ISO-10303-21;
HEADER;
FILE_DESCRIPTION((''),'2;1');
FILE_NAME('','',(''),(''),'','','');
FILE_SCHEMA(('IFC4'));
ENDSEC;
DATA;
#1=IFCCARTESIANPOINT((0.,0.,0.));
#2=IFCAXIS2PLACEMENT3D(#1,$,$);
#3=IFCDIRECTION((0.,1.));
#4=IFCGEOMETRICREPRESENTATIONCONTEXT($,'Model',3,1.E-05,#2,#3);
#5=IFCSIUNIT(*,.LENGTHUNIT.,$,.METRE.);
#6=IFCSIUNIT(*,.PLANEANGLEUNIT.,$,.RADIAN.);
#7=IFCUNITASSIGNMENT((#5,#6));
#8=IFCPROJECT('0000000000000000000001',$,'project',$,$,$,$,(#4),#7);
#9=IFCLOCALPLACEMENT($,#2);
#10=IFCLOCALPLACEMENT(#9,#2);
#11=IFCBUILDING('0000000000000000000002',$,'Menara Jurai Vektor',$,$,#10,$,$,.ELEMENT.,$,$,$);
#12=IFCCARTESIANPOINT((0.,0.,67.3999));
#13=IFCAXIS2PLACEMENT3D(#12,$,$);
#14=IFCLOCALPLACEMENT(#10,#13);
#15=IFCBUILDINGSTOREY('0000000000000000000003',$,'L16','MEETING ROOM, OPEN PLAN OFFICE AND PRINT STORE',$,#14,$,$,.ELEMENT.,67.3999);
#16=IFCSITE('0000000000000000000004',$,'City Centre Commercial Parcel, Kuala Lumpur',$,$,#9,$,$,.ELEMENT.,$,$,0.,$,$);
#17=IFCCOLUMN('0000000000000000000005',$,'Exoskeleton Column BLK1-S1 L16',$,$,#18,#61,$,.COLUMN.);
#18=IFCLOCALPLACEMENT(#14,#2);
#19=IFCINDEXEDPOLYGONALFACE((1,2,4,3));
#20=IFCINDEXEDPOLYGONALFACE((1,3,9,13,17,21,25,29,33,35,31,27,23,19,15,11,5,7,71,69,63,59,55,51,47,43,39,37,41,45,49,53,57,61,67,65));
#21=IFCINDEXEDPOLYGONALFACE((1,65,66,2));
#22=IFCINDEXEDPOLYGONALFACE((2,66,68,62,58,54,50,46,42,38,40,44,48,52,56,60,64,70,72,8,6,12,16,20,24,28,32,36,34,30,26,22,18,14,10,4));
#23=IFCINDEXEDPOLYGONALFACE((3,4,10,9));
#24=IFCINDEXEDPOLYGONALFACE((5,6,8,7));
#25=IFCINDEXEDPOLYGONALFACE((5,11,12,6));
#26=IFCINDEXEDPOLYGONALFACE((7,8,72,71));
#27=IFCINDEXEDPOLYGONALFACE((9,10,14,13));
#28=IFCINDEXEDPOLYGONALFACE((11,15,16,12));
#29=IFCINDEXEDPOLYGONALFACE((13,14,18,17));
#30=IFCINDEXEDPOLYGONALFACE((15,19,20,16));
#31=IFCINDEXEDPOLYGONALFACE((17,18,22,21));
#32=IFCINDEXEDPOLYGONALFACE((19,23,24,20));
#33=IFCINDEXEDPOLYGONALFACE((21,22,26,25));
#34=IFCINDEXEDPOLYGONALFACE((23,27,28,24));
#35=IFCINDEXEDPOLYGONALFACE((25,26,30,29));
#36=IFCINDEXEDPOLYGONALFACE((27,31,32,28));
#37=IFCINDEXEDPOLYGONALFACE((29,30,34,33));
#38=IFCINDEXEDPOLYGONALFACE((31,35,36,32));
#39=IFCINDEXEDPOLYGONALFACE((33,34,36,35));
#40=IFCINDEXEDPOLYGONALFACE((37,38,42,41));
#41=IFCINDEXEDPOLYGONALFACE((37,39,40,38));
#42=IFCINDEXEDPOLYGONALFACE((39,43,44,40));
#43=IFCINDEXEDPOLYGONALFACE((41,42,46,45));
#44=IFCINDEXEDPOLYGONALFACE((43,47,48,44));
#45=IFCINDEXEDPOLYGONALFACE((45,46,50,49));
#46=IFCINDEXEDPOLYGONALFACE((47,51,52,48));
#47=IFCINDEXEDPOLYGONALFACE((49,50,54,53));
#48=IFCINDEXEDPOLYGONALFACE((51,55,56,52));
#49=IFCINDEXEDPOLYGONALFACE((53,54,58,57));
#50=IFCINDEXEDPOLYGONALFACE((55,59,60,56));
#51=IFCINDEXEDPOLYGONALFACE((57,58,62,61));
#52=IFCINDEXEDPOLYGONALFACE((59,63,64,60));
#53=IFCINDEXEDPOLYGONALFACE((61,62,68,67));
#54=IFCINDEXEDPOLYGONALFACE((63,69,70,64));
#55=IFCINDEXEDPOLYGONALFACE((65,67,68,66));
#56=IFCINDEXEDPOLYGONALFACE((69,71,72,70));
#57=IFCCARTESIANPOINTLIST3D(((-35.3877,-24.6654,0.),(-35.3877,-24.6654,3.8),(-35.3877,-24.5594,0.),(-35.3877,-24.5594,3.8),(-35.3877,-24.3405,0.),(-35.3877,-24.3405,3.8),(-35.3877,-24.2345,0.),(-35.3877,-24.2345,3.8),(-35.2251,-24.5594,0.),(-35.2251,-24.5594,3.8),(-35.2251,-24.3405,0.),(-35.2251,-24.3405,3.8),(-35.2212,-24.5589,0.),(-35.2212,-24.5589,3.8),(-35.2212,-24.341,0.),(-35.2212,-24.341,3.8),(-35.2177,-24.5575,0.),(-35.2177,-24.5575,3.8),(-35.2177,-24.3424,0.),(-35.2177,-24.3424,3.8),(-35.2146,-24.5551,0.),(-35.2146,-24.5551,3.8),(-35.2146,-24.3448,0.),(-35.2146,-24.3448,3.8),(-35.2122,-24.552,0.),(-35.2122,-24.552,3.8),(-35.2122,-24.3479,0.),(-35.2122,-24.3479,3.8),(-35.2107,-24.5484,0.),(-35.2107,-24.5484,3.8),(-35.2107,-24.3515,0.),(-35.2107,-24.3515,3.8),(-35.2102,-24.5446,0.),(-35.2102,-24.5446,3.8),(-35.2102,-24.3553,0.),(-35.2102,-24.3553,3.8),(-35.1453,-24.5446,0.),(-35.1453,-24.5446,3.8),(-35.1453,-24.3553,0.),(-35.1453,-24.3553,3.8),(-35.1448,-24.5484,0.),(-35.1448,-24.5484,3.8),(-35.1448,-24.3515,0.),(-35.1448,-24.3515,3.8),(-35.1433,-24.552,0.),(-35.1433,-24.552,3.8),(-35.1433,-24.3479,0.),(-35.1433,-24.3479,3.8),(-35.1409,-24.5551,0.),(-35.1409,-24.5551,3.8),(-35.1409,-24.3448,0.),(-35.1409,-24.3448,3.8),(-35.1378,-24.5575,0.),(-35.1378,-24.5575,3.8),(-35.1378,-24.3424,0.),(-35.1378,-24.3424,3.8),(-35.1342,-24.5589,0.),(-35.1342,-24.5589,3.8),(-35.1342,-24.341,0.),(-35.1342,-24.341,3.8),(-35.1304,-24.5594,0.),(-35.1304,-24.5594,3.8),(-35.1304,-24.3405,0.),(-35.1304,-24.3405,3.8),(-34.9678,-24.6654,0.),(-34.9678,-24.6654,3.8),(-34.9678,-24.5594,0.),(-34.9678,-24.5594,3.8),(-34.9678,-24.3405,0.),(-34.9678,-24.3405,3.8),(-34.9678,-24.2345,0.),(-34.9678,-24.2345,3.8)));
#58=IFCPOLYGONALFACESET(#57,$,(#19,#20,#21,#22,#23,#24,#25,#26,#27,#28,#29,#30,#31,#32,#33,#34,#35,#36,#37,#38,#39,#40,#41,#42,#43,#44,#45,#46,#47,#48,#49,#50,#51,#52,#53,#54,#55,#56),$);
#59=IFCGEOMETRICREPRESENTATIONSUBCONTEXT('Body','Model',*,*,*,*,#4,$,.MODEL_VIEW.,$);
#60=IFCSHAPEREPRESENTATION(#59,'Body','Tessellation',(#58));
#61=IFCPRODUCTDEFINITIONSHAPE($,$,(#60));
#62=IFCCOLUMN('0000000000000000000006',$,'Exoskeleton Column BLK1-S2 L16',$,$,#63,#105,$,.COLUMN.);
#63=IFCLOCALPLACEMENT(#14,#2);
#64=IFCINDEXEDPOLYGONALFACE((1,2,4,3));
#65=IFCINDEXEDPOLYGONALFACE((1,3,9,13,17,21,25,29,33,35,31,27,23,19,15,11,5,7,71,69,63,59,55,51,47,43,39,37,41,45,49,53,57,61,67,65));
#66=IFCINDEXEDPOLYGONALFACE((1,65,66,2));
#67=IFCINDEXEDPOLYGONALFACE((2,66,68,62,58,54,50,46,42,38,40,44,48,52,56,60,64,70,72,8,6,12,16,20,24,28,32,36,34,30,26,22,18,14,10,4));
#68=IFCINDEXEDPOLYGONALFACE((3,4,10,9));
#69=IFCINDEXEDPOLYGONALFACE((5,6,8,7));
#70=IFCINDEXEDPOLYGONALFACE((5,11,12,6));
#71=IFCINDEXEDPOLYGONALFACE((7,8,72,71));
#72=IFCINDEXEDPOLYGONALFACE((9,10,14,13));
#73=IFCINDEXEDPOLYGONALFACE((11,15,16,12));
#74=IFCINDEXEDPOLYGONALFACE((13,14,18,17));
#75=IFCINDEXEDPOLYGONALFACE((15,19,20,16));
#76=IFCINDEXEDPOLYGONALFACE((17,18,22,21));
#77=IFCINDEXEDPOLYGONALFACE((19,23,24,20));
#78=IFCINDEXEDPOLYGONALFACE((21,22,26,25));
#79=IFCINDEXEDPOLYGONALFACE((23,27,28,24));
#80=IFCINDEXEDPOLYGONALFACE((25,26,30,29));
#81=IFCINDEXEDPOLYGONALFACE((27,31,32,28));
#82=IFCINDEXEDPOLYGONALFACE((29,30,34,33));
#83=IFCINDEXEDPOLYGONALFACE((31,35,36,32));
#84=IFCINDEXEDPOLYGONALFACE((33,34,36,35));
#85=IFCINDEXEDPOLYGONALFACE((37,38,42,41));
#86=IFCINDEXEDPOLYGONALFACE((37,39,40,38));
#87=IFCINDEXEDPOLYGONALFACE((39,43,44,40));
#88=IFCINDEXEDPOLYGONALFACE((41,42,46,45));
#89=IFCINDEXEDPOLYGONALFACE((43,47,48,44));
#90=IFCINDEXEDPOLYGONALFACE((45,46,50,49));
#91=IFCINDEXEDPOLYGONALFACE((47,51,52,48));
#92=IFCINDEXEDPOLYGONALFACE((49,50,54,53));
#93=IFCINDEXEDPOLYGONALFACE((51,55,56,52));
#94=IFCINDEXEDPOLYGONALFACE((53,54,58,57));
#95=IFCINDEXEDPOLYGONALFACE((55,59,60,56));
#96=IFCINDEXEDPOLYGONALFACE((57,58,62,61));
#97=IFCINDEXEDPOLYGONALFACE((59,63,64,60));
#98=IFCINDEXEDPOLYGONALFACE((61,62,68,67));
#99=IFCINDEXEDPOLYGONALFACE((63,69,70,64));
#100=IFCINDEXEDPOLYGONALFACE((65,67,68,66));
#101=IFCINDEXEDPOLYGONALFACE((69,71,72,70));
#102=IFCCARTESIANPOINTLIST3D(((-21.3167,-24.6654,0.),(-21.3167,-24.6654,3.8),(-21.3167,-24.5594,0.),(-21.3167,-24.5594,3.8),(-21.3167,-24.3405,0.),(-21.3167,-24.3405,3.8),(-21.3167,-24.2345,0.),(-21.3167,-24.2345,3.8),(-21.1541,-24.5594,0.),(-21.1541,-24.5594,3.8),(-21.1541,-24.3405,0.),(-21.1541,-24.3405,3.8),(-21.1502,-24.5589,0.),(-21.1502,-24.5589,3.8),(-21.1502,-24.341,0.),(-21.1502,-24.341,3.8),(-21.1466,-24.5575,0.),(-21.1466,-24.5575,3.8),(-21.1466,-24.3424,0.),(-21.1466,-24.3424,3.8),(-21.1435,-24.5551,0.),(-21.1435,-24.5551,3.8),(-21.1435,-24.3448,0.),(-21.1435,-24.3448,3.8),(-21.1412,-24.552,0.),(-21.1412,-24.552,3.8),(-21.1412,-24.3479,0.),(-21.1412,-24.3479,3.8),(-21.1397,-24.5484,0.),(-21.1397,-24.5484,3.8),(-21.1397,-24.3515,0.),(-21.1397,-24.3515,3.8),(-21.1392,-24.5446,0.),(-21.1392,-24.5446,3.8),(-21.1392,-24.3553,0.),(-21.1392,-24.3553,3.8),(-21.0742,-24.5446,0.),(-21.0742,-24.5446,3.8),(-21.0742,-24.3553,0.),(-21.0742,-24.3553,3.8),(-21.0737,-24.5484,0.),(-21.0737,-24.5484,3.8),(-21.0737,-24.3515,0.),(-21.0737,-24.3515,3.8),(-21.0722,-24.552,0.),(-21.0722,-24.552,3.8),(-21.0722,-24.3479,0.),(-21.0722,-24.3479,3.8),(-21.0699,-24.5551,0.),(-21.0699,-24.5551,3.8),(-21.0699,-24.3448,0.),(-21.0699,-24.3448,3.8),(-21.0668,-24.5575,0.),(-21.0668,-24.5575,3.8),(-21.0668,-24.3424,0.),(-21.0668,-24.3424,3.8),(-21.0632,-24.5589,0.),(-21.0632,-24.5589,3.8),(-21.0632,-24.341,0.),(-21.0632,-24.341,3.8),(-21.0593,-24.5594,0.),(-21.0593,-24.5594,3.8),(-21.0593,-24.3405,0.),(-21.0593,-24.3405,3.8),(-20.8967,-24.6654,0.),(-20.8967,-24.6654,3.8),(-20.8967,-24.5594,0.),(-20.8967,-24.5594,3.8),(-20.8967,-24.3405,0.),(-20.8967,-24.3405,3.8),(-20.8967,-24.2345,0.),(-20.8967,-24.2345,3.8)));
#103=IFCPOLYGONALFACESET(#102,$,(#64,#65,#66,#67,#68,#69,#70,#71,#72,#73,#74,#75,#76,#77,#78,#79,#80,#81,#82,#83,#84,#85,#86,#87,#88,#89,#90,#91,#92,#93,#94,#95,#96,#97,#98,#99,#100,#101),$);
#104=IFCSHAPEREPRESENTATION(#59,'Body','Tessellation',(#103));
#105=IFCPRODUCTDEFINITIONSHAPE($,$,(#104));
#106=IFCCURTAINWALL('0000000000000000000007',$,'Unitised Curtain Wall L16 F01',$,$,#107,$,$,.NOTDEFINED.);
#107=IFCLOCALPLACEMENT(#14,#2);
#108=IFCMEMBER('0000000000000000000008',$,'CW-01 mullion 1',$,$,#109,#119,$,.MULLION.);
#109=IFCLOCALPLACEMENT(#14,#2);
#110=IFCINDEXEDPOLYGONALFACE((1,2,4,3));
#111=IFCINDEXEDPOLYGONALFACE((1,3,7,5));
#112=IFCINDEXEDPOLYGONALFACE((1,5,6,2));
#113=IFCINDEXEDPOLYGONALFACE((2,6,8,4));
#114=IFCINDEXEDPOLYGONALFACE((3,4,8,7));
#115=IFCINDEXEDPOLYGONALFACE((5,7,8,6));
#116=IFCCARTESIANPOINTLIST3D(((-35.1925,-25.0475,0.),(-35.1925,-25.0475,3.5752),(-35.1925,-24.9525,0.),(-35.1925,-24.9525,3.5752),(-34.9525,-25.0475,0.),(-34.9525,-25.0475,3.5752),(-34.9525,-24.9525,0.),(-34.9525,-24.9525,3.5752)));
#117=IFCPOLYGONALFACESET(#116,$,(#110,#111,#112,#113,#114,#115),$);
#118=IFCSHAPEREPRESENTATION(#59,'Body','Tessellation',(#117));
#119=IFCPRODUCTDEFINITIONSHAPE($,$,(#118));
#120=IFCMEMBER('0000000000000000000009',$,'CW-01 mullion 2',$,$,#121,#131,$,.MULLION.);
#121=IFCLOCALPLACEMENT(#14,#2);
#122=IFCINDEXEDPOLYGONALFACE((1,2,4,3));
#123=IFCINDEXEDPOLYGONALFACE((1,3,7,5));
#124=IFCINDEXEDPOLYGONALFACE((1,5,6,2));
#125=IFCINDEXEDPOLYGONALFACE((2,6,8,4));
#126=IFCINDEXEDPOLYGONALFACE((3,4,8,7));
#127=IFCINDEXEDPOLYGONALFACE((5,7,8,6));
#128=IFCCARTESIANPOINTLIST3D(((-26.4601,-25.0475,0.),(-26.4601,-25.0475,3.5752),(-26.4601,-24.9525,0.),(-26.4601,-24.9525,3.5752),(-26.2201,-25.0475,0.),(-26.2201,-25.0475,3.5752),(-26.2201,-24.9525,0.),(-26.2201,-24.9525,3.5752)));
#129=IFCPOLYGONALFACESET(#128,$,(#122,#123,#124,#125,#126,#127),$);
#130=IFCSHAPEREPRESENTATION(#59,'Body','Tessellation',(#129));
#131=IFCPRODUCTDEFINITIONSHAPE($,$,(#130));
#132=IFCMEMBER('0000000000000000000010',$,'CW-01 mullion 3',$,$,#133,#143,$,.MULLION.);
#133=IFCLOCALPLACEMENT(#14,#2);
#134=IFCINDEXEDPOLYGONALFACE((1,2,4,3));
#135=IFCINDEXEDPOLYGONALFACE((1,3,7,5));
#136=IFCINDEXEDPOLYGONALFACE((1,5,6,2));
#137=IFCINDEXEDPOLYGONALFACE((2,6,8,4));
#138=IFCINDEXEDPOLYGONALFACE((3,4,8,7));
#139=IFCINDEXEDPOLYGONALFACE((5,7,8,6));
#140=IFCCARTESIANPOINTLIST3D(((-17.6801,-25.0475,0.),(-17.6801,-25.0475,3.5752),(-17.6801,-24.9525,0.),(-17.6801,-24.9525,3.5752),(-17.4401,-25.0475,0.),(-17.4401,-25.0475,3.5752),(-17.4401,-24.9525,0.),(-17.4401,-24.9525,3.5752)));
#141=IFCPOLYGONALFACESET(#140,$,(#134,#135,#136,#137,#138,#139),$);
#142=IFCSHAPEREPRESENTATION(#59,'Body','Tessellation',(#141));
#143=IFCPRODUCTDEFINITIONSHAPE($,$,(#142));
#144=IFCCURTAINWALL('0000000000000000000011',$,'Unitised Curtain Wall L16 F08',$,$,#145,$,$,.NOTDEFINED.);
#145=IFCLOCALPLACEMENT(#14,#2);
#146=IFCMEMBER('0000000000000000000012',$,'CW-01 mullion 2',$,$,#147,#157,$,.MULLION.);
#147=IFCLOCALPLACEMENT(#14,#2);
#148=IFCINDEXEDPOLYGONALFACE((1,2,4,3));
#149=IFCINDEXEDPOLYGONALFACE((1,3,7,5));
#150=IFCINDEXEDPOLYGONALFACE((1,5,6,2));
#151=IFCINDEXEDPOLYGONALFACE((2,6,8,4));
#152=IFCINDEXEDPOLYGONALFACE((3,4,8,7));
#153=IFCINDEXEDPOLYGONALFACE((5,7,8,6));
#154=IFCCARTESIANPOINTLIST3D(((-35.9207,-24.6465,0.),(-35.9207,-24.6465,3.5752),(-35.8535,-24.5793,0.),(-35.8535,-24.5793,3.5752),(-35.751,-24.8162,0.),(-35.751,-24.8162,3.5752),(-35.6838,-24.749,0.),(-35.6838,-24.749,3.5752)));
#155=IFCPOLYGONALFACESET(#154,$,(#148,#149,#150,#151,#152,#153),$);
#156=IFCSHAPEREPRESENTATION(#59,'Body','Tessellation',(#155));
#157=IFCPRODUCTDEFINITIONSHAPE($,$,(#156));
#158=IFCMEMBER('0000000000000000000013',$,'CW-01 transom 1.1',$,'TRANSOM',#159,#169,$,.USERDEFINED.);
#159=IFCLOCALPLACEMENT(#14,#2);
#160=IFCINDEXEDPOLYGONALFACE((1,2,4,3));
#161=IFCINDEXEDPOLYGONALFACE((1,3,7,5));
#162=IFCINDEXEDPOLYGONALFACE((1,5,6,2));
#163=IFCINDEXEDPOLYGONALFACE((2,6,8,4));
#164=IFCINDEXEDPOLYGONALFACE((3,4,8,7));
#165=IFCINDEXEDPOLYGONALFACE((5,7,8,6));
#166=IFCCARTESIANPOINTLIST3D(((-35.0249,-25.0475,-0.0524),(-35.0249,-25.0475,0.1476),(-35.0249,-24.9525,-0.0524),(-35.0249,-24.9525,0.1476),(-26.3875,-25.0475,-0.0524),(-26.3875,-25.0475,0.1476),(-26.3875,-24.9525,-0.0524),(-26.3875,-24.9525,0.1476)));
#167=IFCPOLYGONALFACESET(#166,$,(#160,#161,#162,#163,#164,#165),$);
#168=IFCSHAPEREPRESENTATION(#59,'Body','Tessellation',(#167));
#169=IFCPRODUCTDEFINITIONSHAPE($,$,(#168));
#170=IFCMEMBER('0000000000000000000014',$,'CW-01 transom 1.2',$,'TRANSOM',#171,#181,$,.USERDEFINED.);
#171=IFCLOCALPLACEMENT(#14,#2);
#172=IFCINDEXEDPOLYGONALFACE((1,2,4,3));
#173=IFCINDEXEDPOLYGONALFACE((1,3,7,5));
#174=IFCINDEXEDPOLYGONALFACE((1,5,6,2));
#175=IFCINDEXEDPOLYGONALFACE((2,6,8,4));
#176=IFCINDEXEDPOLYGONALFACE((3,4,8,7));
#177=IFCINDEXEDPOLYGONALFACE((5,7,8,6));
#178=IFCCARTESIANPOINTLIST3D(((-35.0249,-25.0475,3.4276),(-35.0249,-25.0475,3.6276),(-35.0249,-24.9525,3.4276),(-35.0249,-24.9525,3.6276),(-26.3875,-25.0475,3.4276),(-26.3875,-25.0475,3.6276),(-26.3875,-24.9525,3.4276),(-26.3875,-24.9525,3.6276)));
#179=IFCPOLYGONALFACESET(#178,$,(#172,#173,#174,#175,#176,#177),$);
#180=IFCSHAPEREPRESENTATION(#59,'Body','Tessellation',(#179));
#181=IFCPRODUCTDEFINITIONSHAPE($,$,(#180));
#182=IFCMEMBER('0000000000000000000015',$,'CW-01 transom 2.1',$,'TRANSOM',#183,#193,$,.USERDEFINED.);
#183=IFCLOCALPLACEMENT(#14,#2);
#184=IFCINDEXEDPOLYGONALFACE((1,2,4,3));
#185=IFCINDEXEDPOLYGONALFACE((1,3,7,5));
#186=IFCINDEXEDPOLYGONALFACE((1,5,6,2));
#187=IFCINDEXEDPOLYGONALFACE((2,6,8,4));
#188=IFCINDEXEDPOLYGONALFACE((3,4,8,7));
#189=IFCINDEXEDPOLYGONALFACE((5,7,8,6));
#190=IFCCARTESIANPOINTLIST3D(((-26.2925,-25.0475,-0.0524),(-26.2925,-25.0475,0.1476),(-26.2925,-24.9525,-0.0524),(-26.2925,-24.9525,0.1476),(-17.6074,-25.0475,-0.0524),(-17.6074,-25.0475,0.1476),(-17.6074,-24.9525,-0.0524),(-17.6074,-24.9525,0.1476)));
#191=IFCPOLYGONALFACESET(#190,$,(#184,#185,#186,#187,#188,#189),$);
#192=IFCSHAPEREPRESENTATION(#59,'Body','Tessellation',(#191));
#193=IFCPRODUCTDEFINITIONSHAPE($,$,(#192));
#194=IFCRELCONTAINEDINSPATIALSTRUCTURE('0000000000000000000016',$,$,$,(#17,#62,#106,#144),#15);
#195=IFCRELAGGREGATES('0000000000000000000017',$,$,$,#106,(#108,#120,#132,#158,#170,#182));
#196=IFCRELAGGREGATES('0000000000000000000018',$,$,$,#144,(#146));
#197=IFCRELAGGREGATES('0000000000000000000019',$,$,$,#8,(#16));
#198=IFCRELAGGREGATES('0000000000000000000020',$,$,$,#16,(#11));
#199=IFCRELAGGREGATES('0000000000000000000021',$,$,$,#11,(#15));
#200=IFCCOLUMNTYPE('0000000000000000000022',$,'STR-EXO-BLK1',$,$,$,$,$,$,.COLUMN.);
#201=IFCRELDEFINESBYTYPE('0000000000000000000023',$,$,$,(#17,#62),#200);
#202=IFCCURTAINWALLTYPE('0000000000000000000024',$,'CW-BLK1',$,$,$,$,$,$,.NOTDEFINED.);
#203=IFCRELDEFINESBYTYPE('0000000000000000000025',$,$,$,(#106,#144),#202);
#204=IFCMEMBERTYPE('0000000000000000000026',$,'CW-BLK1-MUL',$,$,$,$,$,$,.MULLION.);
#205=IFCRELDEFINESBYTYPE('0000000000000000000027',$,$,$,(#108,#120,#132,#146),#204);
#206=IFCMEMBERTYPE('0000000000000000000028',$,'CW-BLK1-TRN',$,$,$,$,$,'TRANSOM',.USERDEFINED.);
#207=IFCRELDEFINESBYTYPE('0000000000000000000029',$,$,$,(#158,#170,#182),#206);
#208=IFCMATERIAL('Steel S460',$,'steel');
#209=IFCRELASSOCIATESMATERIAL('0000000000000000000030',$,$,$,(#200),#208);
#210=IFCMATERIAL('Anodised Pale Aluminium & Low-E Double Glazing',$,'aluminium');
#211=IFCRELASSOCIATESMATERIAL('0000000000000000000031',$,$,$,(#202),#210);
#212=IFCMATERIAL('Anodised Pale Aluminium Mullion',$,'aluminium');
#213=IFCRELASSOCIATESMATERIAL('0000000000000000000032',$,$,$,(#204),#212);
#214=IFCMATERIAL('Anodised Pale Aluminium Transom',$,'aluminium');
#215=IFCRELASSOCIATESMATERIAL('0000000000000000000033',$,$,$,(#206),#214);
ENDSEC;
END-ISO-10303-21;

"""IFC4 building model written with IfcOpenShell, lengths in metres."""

from ifc_helpers import new_model, si_unit, direction, frame, origin, origin_2d, place, context, subcontext, project, spatial, rectangle, i_section, extrude, material, material_profile, profile_set, type_object, element, aggregate, save


model = new_model("IFC4")

# Units and contexts
model_context = context("Model", 3, precision=1e-05, world=origin(), true_north=direction((0.0, 1.0)))
body_context = subcontext(model_context, "Body", "Model", "MODEL_VIEW")
ifc_project = project(units=[si_unit("LENGTHUNIT", "METRE"), si_unit("PLANEANGLEUNIT", "RADIAN")], contexts=[model_context])

# Site, building, storey
site_placement = place(None, origin())
site = spatial("IfcSite", under=ifc_project, at=site_placement, Name="City Centre Commercial Parcel, Kuala Lumpur", CompositionType="ELEMENT", RefElevation=0.0)
building_placement = place(site_placement, origin())
building = spatial("IfcBuilding", under=site, at=building_placement, Name="Menara Jurai Vektor", CompositionType="ELEMENT")
storey_placement = place(building_placement, frame((0.0, 0.0, 67.3999)))
storey = spatial("IfcBuildingStorey", under=building, at=storey_placement, Name="L16", Description="MEETING ROOM, OPEN PLAN OFFICE AND PRINT STORE", CompositionType="ELEMENT", Elevation=67.3999)

# Columns
ifc_material_1 = material(Name="Steel S460", Category="steel")
ifc_material_profile_1 = material_profile(ifc_material_1, i_section(OverallWidth=0.4199, OverallDepth=0.4309, WebThickness=0.0649, FlangeThickness=0.106, FilletRadius=0.0149, at=origin_2d()), Name="HD 400x900")
ifc_profile_set_1 = profile_set([ifc_material_profile_1], Name="Steel S460")
column_type = type_object("IfcColumnType", Name="STR-EXO-BLK1", PredefinedType="COLUMN", material=ifc_profile_set_1)
for number, where, z_axis, x_axis, name in (
    (1, (-35.1777, -24.45, 0.0), (0.0, 0.0, 1.0), (1.0, 0.0, 0.0), "Exoskeleton Column BLK1-S1 L16"),
    (2, (-21.1067, -24.45, 0.0), (0.0, 0.0, 1.0), (1.0, 0.0, 0.0), "Exoskeleton Column BLK1-S2 L16"),
):
    element("IfcColumn", number, at=place(storey_placement, frame(where, z_axis=z_axis, x_axis=x_axis)), inside=storey, type_object=column_type, Name=name, PredefinedType="COLUMN", context=body_context, shape_type="SweptSolid", body=[
        extrude(i_section(OverallWidth=0.4199, OverallDepth=0.4309, WebThickness=0.0649, FlangeThickness=0.106, FilletRadius=0.0149, at=origin_2d()), origin(), (0.0, 0.0, 1.0), 3.8),
    ])

# Curtain wall, members
ifc_material_2 = material(Name="Anodised Pale Aluminium & Low-E Double Glazing", Category="aluminium")
curtain_wall_type = type_object("IfcCurtainWallType", Name="CW-BLK1", PredefinedType="NOTDEFINED", material=ifc_material_2)
curtain_wall_1_placement = place(storey_placement, origin())
curtain_wall_1 = element("IfcCurtainWall", 3, at=curtain_wall_1_placement, inside=storey, type_object=curtain_wall_type, Name="Unitised Curtain Wall L16 F01", PredefinedType="NOTDEFINED")
ifc_material_3 = material(Name="Anodised Pale Aluminium Mullion", Category="aluminium")
ifc_material_profile_2 = material_profile(ifc_material_3, rectangle(XDim=0.095, YDim=0.24, at=origin_2d()), Name="ALU MUL 95x240")
ifc_profile_set_2 = profile_set([ifc_material_profile_2], Name="Anodised Pale Aluminium Mullion")
member_type_1 = type_object("IfcMemberType", Name="CW-BLK1-MUL", PredefinedType="MULLION", material=ifc_profile_set_2)
member_1_placement = place(storey_placement, frame((-35.0725, -25.0, 0.0), z_axis=(0.0, 0.0, 1.0), x_axis=(0.0, 1.0, 0.0)))
member_1 = element("IfcMember", 4, at=member_1_placement, type_object=member_type_1, Name="CW-01 mullion 1", PredefinedType="MULLION", context=body_context, shape_type="SweptSolid", body=[
    extrude(rectangle(XDim=0.095, YDim=0.24, at=origin_2d()), origin(), (0.0, 0.0, 1.0), 3.5752),
])
member_2_placement = place(storey_placement, frame((-26.3401, -25.0, 0.0), z_axis=(0.0, 0.0, 1.0), x_axis=(0.0, 1.0, 0.0)))
member_2 = element("IfcMember", 5, at=member_2_placement, type_object=member_type_1, Name="CW-01 mullion 2", PredefinedType="MULLION", context=body_context, shape_type="SweptSolid", body=[
    extrude(rectangle(XDim=0.095, YDim=0.24, at=origin_2d()), origin(), (0.0, 0.0, 1.0), 3.5752),
])
member_3_placement = place(storey_placement, frame((-17.5601, -25.0, 0.0), z_axis=(0.0, 0.0, 1.0), x_axis=(0.0, 1.0, 0.0)))
member_3 = element("IfcMember", 6, at=member_3_placement, type_object=member_type_1, Name="CW-01 mullion 3", PredefinedType="MULLION", context=body_context, shape_type="SweptSolid", body=[
    extrude(rectangle(XDim=0.095, YDim=0.24, at=origin_2d()), origin(), (0.0, 0.0, 1.0), 3.5752),
])

# Curtain wall, member
curtain_wall_2_placement = place(storey_placement, origin())
curtain_wall_2 = element("IfcCurtainWall", 7, at=curtain_wall_2_placement, inside=storey, type_object=curtain_wall_type, Name="Unitised Curtain Wall L16 F08", PredefinedType="NOTDEFINED")
member_4_placement = place(storey_placement, frame((-35.8022, -24.6978, 0.0), z_axis=(0.0, 0.0, 1.0), x_axis=(0.707107, 0.707107, 0.0)))
member_4 = element("IfcMember", 8, at=member_4_placement, type_object=member_type_1, Name="CW-01 mullion 2", PredefinedType="MULLION", context=body_context, shape_type="SweptSolid", body=[
    extrude(rectangle(XDim=0.095, YDim=0.24, at=origin_2d()), origin(), (0.0, 0.0, 1.0), 3.5752),
])

# Members
ifc_material_4 = material(Name="Anodised Pale Aluminium Transom", Category="aluminium")
ifc_material_profile_3 = material_profile(ifc_material_4, rectangle(XDim=0.095, YDim=0.2, at=origin_2d()), Name="ALU TRN 95x200")
ifc_profile_set_3 = profile_set([ifc_material_profile_3], Name="Anodised Pale Aluminium Transom")
member_type_2 = type_object("IfcMemberType", Name="CW-BLK1-TRN", ElementType="TRANSOM", PredefinedType="USERDEFINED", material=ifc_profile_set_3)
member_5_placement = place(storey_placement, frame((-35.0249, -25.0, 0.0476), z_axis=(1.0, 0.0, 0.0), x_axis=(0.0, 1.0, 0.0)))
member_5 = element("IfcMember", 9, at=member_5_placement, type_object=member_type_2, Name="CW-01 transom 1.1", ObjectType="TRANSOM", PredefinedType="USERDEFINED", context=body_context, shape_type="SweptSolid", body=[
    extrude(rectangle(XDim=0.095, YDim=0.2, at=origin_2d()), origin(), (0.0, 0.0, 1.0), 8.6375),
])
member_6_placement = place(storey_placement, frame((-35.0249, -25.0, 3.5276), z_axis=(1.0, 0.0, 0.0), x_axis=(0.0, 1.0, 0.0)))
member_6 = element("IfcMember", 10, at=member_6_placement, type_object=member_type_2, Name="CW-01 transom 1.2", ObjectType="TRANSOM", PredefinedType="USERDEFINED", context=body_context, shape_type="SweptSolid", body=[
    extrude(rectangle(XDim=0.095, YDim=0.2, at=origin_2d()), origin(), (0.0, 0.0, 1.0), 8.6375),
])
member_7_placement = place(storey_placement, frame((-26.2925, -25.0, 0.0476), z_axis=(1.0, 0.0, 0.0), x_axis=(0.0, 1.0, 0.0)))
member_7 = element("IfcMember", 11, at=member_7_placement, type_object=member_type_2, Name="CW-01 transom 2.1", ObjectType="TRANSOM", PredefinedType="USERDEFINED", context=body_context, shape_type="SweptSolid", body=[
    extrude(rectangle(XDim=0.095, YDim=0.2, at=origin_2d()), origin(), (0.0, 0.0, 1.0), 8.6851),
])

aggregate(curtain_wall_1, [member_1, member_2, member_3, member_5, member_6, member_7])
aggregate(curtain_wall_2, [member_4])

save(model, "model.ifc")
